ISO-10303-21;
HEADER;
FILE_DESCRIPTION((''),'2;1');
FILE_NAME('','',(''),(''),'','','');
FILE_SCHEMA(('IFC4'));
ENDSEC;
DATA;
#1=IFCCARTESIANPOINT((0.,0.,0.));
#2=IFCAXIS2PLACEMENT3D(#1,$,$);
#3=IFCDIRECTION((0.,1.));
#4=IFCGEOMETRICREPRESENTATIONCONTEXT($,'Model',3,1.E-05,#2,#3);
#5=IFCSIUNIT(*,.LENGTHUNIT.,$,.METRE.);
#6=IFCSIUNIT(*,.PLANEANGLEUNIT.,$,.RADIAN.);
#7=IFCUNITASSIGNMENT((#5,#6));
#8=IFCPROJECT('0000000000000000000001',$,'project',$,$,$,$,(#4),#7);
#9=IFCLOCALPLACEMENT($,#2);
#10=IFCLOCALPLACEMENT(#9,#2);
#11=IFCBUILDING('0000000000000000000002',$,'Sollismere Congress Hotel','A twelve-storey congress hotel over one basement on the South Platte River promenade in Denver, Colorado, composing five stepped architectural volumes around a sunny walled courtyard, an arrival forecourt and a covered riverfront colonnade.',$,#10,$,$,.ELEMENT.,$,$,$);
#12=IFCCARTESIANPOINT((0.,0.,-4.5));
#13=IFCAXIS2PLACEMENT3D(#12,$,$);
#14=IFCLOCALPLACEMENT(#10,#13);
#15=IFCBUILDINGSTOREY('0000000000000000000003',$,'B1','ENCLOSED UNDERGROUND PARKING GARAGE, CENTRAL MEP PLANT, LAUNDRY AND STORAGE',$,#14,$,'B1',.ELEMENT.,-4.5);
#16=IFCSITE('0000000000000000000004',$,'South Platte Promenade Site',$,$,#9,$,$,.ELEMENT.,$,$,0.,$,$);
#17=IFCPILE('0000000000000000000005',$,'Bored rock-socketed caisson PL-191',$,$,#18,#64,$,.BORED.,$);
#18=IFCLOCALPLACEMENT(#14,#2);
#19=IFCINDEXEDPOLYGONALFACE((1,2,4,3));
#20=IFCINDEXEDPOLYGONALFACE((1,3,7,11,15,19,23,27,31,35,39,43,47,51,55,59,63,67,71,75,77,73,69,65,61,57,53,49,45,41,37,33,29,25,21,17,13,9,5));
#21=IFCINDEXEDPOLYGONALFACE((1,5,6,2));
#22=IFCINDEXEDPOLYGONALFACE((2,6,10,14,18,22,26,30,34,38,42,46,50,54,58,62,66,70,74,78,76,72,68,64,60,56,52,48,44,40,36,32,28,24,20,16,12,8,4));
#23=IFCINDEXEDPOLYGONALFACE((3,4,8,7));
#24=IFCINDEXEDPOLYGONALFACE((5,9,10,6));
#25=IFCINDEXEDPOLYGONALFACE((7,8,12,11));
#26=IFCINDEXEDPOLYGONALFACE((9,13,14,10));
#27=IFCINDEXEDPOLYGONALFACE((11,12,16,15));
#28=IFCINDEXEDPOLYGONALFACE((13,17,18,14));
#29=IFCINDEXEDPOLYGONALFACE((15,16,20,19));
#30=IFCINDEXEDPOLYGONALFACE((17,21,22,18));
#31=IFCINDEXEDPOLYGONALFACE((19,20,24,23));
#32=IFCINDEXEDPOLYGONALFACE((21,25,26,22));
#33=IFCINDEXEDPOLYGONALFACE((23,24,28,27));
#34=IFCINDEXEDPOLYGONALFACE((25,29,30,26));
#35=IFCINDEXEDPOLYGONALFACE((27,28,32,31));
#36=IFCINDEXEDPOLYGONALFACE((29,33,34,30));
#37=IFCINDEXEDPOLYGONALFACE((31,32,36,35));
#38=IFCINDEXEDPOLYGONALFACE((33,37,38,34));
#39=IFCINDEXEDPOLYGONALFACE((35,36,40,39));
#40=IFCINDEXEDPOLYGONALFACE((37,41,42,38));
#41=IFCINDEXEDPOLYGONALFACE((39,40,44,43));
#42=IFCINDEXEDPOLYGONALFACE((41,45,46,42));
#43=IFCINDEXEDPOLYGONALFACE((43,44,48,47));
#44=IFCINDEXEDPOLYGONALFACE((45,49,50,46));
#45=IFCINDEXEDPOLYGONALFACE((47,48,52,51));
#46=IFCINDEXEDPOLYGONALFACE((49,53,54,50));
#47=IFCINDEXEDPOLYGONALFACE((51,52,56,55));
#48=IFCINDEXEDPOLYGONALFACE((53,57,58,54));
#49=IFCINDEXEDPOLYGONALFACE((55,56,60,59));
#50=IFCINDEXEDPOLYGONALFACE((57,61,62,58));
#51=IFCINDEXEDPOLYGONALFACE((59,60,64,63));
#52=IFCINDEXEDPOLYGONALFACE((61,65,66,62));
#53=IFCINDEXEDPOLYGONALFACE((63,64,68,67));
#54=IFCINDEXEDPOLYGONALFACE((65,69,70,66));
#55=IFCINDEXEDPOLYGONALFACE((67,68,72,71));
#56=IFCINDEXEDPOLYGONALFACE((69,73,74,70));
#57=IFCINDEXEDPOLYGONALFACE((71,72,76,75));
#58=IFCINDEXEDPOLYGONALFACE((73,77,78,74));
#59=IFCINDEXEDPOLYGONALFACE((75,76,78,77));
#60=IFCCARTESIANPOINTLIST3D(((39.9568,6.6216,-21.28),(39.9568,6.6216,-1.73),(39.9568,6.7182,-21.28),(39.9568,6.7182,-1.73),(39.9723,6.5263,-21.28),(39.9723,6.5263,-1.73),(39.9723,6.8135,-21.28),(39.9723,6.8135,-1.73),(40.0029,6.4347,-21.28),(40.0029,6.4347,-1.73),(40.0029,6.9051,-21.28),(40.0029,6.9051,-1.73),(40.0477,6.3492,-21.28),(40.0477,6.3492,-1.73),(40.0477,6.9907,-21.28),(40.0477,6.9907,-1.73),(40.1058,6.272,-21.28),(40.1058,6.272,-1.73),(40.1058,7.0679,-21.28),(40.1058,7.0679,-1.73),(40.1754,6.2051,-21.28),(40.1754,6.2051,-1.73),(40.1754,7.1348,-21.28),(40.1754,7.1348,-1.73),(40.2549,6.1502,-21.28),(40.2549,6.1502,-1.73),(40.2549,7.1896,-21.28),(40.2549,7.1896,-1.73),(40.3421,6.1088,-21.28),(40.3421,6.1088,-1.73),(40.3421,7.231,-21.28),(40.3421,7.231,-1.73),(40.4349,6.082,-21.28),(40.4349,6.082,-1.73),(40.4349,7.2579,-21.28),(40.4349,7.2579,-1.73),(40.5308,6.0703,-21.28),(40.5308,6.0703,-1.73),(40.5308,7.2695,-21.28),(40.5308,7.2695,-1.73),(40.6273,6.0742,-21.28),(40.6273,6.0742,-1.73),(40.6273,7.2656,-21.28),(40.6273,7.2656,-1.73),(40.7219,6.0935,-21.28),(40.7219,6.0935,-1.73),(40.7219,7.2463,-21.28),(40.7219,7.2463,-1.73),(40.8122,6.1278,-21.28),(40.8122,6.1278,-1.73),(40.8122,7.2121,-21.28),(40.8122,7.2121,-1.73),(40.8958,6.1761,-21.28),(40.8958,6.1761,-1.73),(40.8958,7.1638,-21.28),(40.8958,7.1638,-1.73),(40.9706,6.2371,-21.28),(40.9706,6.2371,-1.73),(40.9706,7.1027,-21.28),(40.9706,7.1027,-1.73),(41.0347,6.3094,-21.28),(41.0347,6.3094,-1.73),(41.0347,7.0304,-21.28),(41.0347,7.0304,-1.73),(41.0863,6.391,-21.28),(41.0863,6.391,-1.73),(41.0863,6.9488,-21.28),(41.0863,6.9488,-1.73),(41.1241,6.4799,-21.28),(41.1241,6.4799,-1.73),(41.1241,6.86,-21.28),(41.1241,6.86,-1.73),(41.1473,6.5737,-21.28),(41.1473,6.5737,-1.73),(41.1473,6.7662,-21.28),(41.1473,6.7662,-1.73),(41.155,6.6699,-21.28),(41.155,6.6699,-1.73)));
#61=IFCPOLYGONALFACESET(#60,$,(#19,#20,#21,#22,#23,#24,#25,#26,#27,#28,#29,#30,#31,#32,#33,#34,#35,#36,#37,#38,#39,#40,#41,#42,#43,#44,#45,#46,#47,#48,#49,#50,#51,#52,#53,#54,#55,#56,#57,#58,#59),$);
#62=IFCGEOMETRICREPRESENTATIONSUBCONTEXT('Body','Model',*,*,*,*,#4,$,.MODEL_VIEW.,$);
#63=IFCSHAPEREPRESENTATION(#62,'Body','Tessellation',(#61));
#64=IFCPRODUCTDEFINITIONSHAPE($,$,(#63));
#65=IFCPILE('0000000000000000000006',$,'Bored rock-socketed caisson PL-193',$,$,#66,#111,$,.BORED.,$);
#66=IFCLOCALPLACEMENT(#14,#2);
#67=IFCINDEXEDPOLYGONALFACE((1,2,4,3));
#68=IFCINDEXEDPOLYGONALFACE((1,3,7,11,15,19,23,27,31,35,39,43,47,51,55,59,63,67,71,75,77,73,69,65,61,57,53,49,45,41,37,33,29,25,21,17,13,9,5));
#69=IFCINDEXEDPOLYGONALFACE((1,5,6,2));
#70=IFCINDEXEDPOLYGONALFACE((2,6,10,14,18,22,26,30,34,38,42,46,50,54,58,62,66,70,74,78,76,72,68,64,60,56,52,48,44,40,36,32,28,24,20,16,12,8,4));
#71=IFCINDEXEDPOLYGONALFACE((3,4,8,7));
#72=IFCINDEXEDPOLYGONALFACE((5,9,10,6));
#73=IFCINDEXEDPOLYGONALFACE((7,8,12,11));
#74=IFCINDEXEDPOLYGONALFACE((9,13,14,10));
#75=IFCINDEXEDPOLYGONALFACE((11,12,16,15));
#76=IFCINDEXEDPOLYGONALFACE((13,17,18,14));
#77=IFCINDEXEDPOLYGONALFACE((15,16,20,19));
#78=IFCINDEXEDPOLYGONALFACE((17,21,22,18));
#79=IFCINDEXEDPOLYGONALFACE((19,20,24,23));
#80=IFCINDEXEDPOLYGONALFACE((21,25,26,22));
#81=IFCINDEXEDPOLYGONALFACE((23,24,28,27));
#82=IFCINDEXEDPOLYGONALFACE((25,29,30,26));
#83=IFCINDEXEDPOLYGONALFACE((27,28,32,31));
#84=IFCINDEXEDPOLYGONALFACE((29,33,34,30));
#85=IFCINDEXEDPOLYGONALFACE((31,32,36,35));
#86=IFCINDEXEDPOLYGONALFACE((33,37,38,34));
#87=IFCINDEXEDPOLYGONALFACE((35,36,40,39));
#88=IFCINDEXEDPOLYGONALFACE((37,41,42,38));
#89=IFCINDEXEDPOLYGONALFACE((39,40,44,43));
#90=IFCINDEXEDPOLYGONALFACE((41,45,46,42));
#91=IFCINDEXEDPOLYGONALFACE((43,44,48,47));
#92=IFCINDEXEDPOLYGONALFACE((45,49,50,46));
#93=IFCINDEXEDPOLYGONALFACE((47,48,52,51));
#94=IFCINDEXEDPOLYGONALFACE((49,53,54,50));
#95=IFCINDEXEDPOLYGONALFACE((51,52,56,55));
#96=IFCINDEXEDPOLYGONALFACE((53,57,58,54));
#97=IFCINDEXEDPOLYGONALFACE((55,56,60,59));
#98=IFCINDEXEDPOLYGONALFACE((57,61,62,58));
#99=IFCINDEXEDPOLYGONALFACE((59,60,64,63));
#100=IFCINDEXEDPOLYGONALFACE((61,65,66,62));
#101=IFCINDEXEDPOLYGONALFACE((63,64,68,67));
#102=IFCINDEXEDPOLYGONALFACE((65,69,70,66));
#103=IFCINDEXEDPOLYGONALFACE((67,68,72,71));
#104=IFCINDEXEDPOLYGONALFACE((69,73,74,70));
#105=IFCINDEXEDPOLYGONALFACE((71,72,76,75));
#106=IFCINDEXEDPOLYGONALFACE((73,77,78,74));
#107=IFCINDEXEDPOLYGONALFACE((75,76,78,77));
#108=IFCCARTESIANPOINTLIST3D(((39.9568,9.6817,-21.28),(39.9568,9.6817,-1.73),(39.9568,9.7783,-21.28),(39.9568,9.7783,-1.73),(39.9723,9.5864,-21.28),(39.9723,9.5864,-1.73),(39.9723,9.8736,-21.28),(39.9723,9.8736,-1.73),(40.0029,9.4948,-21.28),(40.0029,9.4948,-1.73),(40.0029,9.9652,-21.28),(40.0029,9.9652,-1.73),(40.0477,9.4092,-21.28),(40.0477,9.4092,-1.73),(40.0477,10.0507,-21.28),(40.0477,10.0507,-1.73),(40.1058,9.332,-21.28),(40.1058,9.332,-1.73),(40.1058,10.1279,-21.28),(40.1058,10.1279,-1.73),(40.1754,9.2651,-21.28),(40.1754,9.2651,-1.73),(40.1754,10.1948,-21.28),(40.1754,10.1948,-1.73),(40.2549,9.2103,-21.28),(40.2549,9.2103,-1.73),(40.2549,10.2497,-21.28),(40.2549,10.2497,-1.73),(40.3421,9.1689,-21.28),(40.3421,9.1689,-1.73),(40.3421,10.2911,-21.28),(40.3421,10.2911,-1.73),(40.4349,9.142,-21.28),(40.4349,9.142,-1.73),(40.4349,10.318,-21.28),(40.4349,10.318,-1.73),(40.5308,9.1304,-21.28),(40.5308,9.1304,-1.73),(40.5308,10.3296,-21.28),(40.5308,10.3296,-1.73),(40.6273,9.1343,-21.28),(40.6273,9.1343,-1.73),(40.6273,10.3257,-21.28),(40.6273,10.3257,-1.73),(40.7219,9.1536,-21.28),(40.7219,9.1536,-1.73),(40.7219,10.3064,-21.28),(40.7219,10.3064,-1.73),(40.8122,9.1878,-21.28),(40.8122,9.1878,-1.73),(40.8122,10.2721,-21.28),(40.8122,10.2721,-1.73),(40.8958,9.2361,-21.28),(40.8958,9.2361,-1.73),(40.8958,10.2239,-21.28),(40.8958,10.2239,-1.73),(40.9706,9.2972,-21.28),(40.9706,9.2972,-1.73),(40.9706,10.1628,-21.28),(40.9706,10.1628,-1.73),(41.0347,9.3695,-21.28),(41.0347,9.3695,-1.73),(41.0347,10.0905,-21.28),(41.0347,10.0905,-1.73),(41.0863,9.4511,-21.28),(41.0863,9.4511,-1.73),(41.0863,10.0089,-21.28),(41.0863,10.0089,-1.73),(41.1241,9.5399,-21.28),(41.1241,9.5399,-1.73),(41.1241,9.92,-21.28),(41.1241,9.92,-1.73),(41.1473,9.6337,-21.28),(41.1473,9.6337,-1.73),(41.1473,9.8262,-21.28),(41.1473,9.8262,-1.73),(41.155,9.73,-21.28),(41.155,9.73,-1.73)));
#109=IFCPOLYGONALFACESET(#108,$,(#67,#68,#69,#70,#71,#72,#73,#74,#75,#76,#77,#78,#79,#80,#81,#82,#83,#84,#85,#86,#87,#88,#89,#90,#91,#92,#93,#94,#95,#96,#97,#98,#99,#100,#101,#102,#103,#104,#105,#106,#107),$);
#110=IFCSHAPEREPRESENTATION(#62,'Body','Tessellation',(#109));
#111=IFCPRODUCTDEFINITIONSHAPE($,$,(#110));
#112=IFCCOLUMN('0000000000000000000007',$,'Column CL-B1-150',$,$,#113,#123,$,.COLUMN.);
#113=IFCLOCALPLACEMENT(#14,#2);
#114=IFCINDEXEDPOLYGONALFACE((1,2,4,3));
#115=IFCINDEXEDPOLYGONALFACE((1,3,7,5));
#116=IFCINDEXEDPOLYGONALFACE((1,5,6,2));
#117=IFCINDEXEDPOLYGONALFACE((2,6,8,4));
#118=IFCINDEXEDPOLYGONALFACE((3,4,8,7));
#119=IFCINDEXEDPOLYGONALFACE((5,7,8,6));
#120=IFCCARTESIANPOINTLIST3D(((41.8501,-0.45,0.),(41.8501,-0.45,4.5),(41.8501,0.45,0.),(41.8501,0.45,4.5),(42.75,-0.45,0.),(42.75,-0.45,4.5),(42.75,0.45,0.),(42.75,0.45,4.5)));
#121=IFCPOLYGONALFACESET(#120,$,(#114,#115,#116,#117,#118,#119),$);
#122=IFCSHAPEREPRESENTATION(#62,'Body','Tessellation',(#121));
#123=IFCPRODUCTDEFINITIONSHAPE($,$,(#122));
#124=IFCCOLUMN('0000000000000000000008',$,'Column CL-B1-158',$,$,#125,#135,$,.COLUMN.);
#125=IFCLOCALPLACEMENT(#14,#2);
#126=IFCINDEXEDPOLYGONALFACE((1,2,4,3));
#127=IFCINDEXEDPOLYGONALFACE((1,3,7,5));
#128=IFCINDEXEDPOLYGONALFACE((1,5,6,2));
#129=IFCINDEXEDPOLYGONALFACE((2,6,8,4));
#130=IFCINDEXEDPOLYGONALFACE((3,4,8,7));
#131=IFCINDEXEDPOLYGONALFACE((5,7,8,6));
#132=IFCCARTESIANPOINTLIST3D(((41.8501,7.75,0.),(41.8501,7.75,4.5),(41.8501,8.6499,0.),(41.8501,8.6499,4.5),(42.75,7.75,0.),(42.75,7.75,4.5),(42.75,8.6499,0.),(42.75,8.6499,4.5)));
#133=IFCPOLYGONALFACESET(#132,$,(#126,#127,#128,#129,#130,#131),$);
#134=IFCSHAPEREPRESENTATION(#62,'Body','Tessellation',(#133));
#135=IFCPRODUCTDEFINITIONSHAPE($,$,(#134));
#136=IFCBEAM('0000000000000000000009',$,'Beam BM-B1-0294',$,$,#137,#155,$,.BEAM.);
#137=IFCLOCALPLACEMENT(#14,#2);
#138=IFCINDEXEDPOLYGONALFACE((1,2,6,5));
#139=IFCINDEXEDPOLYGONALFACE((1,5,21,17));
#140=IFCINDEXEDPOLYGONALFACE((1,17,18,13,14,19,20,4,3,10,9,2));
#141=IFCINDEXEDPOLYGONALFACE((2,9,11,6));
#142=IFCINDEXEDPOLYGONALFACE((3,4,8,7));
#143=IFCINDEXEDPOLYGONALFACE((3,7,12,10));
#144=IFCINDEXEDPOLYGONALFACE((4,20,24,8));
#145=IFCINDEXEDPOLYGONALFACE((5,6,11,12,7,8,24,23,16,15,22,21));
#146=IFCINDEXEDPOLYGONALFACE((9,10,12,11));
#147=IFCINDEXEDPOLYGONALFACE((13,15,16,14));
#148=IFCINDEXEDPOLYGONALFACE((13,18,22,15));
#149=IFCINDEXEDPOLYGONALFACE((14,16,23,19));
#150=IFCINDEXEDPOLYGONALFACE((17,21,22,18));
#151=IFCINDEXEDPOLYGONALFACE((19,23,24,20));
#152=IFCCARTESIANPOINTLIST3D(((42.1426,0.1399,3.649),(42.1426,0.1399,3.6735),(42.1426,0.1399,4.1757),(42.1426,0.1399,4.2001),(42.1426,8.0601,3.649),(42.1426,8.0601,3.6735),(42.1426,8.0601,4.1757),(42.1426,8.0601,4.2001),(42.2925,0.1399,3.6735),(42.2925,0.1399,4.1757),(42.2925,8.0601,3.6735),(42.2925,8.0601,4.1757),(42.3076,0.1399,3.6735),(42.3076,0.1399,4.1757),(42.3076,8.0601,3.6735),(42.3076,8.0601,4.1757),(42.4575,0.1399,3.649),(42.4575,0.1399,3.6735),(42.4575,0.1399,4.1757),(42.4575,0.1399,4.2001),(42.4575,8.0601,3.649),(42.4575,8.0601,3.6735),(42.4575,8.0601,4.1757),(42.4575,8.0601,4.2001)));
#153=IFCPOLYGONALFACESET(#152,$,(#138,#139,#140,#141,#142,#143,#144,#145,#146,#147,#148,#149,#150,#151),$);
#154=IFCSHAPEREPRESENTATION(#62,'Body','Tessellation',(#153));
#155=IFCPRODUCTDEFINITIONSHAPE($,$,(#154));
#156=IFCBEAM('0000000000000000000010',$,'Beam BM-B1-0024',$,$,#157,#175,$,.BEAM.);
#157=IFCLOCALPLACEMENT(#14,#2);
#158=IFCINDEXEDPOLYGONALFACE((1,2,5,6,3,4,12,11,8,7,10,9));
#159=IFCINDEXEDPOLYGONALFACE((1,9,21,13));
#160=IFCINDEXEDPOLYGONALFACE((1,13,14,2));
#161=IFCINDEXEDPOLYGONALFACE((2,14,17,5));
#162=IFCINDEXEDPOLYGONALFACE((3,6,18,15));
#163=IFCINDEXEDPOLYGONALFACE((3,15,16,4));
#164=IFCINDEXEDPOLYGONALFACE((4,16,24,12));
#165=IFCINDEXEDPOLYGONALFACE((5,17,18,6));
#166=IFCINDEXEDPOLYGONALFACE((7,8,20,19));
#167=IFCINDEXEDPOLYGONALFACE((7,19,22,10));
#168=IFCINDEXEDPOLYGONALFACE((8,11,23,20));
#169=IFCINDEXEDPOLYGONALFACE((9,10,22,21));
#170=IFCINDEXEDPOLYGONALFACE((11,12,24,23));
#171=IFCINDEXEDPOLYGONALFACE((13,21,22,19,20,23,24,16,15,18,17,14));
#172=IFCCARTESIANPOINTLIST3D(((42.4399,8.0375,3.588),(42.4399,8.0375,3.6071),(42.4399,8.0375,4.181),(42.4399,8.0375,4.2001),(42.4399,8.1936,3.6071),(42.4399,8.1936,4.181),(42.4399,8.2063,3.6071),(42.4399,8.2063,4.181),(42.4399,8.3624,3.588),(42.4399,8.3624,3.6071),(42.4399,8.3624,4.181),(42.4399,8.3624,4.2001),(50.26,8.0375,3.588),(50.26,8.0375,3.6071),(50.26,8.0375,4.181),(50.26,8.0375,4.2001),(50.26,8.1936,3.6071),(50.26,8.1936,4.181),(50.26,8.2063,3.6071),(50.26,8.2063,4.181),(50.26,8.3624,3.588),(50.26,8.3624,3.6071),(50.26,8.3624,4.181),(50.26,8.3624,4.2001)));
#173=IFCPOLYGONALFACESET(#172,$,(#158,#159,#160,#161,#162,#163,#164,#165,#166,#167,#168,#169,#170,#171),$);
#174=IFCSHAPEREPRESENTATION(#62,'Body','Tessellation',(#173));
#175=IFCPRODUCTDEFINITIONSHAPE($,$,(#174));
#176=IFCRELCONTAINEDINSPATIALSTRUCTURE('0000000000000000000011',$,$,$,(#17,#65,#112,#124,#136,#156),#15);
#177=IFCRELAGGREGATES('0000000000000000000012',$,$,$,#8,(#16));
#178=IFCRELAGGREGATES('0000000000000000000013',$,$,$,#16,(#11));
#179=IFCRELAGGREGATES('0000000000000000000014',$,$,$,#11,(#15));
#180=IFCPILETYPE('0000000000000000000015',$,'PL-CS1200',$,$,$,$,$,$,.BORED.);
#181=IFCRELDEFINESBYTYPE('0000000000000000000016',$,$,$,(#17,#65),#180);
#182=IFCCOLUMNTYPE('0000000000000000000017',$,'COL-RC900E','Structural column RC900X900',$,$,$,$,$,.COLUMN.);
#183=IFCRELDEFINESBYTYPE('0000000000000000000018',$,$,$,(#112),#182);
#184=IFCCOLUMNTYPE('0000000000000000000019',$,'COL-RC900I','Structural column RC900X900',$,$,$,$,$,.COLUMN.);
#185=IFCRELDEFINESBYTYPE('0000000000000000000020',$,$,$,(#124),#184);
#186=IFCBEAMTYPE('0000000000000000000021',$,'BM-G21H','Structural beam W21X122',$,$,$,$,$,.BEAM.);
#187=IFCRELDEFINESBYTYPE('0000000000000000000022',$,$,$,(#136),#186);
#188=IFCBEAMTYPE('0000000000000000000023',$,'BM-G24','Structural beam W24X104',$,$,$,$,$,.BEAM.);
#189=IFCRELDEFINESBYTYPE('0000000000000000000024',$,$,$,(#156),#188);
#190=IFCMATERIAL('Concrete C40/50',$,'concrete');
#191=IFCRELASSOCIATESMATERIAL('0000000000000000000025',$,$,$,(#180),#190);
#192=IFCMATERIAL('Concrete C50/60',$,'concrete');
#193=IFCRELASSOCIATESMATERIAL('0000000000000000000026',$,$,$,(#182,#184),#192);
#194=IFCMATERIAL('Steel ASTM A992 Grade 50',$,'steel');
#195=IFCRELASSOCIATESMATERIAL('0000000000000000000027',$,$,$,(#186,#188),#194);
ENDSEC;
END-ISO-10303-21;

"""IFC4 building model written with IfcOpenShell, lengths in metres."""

from ifc_helpers import new_model, si_unit, direction, frame, origin, origin_2d, place, context, subcontext, project, spatial, rectangle, circle, i_section, extrude, material, material_profile, profile_set, type_object, element, save


model = new_model("IFC4")

# Units and contexts
model_context = context("Model", 3, precision=1e-05, world=origin(), true_north=direction((0.0, 1.0)))
body_context = subcontext(model_context, "Body", "Model", "MODEL_VIEW")
ifc_project = project(units=[si_unit("LENGTHUNIT", "METRE"), si_unit("PLANEANGLEUNIT", "RADIAN")], contexts=[model_context])

# Site, building, storey
site_placement = place(None, origin())
site = spatial("IfcSite", under=ifc_project, at=site_placement, Name="South Platte Promenade Site", CompositionType="ELEMENT", RefElevation=0.0)
building_placement = place(site_placement, origin())
building = spatial("IfcBuilding", under=site, at=building_placement, Name="Sollismere Congress Hotel", Description="A twelve-storey congress hotel over one basement on the South Platte River promenade in Denver, Colorado, composing five stepped architectural volumes around a sunny walled courtyard, an arrival forecourt and a covered riverfront colonnade.", CompositionType="ELEMENT")
storey_placement = place(building_placement, frame((0.0, 0.0, -4.5)))
storey = spatial("IfcBuildingStorey", under=building, at=storey_placement, Name="B1", Description="ENCLOSED UNDERGROUND PARKING GARAGE, CENTRAL MEP PLANT, LAUNDRY AND STORAGE", LongName="B1", CompositionType="ELEMENT", Elevation=-4.5)

# Shared definitions
ifc_material_1 = material(Name="Concrete C40/50", Category="concrete")

# Piles
ifc_material_profile_1 = material_profile(ifc_material_1, circle(Radius=0.6001, at=origin_2d()), Name="CAISSON1200")
ifc_profile_set_1 = profile_set([ifc_material_profile_1], Name="Concrete C40/50")
pile_type = type_object("IfcPileType", Name="PL-CS1200", PredefinedType="BORED", material=ifc_profile_set_1)
for number, where, z_axis, x_axis, name in (
    (1, (40.5549, 6.6699, -1.73), (0.0, 0.0, -1.0), (1.0, 0.0, 0.0), "Bored rock-socketed caisson PL-191"),
    (2, (40.5549, 9.73, -1.73), (0.0, 0.0, -1.0), (1.0, 0.0, 0.0), "Bored rock-socketed caisson PL-193"),
):
    element("IfcPile", number, at=place(storey_placement, frame(where, z_axis=z_axis, x_axis=x_axis)), inside=storey, type_object=pile_type, Name=name, PredefinedType="BORED", context=body_context, shape_type="SweptSolid", body=[
        extrude(circle(Radius=0.6001, at=origin_2d()), origin(), (0.0, 0.0, 1.0), 19.55),
    ])

# Columns
ifc_material_2 = material(Name="Concrete C50/60", Category="concrete")
ifc_material_profile_2 = material_profile(ifc_material_2, rectangle(XDim=0.8999, YDim=0.8999, at=origin_2d()), Name="RC900X900")
ifc_profile_set_2 = profile_set([ifc_material_profile_2], Name="Concrete C50/60")
column_type_1 = type_object("IfcColumnType", Name="COL-RC900E", Description="Structural column RC900X900", PredefinedType="COLUMN", material=ifc_profile_set_2)
column_1_placement = place(storey_placement, frame((42.3, 0.0, 0.0), z_axis=(0.0, 0.0, 1.0), x_axis=(0.0, 1.0, 0.0)))
element("IfcColumn", 3, at=column_1_placement, inside=storey, type_object=column_type_1, Name="Column CL-B1-150", PredefinedType="COLUMN", context=body_context, shape_type="SweptSolid", body=[
    extrude(rectangle(XDim=0.8999, YDim=0.8999, at=origin_2d()), origin(), (0.0, 0.0, 1.0), 4.5),
])
ifc_material_profile_3 = material_profile(ifc_material_2, rectangle(XDim=0.8999, YDim=0.8999, at=origin_2d()), Name="RC900X900")
ifc_profile_set_3 = profile_set([ifc_material_profile_3], Name="Concrete C50/60")
column_type_2 = type_object("IfcColumnType", Name="COL-RC900I", Description="Structural column RC900X900", PredefinedType="COLUMN", material=ifc_profile_set_3)
column_2_placement = place(storey_placement, frame((42.3, 8.2, 0.0), z_axis=(0.0, 0.0, 1.0), x_axis=(1.0, 0.0, 0.0)))
element("IfcColumn", 4, at=column_2_placement, inside=storey, type_object=column_type_2, Name="Column CL-B1-158", PredefinedType="COLUMN", context=body_context, shape_type="SweptSolid", body=[
    extrude(rectangle(XDim=0.8999, YDim=0.8999, at=origin_2d()), origin(), (0.0, 0.0, 1.0), 4.5),
])

# Beams
ifc_material_3 = material(Name="Steel ASTM A992 Grade 50", Category="steel")
ifc_material_profile_4 = material_profile(ifc_material_3, i_section(OverallWidth=0.3149, OverallDepth=0.551, WebThickness=0.0151, FlangeThickness=0.0244, at=origin_2d()), Name="W21X122")
ifc_profile_set_4 = profile_set([ifc_material_profile_4], Name="Steel ASTM A992 Grade 50")
beam_type_1 = type_object("IfcBeamType", Name="BM-G21H", Description="Structural beam W21X122", PredefinedType="BEAM", material=ifc_profile_set_4)
beam_1_placement = place(storey_placement, frame((42.3, 0.1399, 3.9246), z_axis=(0.0, 1.0, 0.0), x_axis=(-1.0, 0.0, 0.0)))
element("IfcBeam", 5, at=beam_1_placement, inside=storey, type_object=beam_type_1, Name="Beam BM-B1-0294", PredefinedType="BEAM", context=body_context, shape_type="SweptSolid", body=[
    extrude(i_section(OverallWidth=0.3149, OverallDepth=0.551, WebThickness=0.0151, FlangeThickness=0.0244, at=origin_2d()), origin(), (0.0, 0.0, 1.0), 7.9202),
])
ifc_material_profile_5 = material_profile(ifc_material_3, i_section(OverallWidth=0.325, OverallDepth=0.6121, WebThickness=0.0127, FlangeThickness=0.019, at=origin_2d()), Name="W24X104")
ifc_profile_set_5 = profile_set([ifc_material_profile_5], Name="Steel ASTM A992 Grade 50")
beam_type_2 = type_object("IfcBeamType", Name="BM-G24", Description="Structural beam W24X104", PredefinedType="BEAM", material=ifc_profile_set_5)
beam_2_placement = place(storey_placement, frame((42.4399, 8.2, 3.894), z_axis=(1.0, 0.0, 0.0), x_axis=(0.0, 1.0, 0.0)))
element("IfcBeam", 6, at=beam_2_placement, inside=storey, type_object=beam_type_2, Name="Beam BM-B1-0024", PredefinedType="BEAM", context=body_context, shape_type="SweptSolid", body=[
    extrude(i_section(OverallWidth=0.325, OverallDepth=0.6121, WebThickness=0.0127, FlangeThickness=0.019, at=origin_2d()), origin(), (0.0, 0.0, 1.0), 7.8201),
])

save(model, "model.ifc")
